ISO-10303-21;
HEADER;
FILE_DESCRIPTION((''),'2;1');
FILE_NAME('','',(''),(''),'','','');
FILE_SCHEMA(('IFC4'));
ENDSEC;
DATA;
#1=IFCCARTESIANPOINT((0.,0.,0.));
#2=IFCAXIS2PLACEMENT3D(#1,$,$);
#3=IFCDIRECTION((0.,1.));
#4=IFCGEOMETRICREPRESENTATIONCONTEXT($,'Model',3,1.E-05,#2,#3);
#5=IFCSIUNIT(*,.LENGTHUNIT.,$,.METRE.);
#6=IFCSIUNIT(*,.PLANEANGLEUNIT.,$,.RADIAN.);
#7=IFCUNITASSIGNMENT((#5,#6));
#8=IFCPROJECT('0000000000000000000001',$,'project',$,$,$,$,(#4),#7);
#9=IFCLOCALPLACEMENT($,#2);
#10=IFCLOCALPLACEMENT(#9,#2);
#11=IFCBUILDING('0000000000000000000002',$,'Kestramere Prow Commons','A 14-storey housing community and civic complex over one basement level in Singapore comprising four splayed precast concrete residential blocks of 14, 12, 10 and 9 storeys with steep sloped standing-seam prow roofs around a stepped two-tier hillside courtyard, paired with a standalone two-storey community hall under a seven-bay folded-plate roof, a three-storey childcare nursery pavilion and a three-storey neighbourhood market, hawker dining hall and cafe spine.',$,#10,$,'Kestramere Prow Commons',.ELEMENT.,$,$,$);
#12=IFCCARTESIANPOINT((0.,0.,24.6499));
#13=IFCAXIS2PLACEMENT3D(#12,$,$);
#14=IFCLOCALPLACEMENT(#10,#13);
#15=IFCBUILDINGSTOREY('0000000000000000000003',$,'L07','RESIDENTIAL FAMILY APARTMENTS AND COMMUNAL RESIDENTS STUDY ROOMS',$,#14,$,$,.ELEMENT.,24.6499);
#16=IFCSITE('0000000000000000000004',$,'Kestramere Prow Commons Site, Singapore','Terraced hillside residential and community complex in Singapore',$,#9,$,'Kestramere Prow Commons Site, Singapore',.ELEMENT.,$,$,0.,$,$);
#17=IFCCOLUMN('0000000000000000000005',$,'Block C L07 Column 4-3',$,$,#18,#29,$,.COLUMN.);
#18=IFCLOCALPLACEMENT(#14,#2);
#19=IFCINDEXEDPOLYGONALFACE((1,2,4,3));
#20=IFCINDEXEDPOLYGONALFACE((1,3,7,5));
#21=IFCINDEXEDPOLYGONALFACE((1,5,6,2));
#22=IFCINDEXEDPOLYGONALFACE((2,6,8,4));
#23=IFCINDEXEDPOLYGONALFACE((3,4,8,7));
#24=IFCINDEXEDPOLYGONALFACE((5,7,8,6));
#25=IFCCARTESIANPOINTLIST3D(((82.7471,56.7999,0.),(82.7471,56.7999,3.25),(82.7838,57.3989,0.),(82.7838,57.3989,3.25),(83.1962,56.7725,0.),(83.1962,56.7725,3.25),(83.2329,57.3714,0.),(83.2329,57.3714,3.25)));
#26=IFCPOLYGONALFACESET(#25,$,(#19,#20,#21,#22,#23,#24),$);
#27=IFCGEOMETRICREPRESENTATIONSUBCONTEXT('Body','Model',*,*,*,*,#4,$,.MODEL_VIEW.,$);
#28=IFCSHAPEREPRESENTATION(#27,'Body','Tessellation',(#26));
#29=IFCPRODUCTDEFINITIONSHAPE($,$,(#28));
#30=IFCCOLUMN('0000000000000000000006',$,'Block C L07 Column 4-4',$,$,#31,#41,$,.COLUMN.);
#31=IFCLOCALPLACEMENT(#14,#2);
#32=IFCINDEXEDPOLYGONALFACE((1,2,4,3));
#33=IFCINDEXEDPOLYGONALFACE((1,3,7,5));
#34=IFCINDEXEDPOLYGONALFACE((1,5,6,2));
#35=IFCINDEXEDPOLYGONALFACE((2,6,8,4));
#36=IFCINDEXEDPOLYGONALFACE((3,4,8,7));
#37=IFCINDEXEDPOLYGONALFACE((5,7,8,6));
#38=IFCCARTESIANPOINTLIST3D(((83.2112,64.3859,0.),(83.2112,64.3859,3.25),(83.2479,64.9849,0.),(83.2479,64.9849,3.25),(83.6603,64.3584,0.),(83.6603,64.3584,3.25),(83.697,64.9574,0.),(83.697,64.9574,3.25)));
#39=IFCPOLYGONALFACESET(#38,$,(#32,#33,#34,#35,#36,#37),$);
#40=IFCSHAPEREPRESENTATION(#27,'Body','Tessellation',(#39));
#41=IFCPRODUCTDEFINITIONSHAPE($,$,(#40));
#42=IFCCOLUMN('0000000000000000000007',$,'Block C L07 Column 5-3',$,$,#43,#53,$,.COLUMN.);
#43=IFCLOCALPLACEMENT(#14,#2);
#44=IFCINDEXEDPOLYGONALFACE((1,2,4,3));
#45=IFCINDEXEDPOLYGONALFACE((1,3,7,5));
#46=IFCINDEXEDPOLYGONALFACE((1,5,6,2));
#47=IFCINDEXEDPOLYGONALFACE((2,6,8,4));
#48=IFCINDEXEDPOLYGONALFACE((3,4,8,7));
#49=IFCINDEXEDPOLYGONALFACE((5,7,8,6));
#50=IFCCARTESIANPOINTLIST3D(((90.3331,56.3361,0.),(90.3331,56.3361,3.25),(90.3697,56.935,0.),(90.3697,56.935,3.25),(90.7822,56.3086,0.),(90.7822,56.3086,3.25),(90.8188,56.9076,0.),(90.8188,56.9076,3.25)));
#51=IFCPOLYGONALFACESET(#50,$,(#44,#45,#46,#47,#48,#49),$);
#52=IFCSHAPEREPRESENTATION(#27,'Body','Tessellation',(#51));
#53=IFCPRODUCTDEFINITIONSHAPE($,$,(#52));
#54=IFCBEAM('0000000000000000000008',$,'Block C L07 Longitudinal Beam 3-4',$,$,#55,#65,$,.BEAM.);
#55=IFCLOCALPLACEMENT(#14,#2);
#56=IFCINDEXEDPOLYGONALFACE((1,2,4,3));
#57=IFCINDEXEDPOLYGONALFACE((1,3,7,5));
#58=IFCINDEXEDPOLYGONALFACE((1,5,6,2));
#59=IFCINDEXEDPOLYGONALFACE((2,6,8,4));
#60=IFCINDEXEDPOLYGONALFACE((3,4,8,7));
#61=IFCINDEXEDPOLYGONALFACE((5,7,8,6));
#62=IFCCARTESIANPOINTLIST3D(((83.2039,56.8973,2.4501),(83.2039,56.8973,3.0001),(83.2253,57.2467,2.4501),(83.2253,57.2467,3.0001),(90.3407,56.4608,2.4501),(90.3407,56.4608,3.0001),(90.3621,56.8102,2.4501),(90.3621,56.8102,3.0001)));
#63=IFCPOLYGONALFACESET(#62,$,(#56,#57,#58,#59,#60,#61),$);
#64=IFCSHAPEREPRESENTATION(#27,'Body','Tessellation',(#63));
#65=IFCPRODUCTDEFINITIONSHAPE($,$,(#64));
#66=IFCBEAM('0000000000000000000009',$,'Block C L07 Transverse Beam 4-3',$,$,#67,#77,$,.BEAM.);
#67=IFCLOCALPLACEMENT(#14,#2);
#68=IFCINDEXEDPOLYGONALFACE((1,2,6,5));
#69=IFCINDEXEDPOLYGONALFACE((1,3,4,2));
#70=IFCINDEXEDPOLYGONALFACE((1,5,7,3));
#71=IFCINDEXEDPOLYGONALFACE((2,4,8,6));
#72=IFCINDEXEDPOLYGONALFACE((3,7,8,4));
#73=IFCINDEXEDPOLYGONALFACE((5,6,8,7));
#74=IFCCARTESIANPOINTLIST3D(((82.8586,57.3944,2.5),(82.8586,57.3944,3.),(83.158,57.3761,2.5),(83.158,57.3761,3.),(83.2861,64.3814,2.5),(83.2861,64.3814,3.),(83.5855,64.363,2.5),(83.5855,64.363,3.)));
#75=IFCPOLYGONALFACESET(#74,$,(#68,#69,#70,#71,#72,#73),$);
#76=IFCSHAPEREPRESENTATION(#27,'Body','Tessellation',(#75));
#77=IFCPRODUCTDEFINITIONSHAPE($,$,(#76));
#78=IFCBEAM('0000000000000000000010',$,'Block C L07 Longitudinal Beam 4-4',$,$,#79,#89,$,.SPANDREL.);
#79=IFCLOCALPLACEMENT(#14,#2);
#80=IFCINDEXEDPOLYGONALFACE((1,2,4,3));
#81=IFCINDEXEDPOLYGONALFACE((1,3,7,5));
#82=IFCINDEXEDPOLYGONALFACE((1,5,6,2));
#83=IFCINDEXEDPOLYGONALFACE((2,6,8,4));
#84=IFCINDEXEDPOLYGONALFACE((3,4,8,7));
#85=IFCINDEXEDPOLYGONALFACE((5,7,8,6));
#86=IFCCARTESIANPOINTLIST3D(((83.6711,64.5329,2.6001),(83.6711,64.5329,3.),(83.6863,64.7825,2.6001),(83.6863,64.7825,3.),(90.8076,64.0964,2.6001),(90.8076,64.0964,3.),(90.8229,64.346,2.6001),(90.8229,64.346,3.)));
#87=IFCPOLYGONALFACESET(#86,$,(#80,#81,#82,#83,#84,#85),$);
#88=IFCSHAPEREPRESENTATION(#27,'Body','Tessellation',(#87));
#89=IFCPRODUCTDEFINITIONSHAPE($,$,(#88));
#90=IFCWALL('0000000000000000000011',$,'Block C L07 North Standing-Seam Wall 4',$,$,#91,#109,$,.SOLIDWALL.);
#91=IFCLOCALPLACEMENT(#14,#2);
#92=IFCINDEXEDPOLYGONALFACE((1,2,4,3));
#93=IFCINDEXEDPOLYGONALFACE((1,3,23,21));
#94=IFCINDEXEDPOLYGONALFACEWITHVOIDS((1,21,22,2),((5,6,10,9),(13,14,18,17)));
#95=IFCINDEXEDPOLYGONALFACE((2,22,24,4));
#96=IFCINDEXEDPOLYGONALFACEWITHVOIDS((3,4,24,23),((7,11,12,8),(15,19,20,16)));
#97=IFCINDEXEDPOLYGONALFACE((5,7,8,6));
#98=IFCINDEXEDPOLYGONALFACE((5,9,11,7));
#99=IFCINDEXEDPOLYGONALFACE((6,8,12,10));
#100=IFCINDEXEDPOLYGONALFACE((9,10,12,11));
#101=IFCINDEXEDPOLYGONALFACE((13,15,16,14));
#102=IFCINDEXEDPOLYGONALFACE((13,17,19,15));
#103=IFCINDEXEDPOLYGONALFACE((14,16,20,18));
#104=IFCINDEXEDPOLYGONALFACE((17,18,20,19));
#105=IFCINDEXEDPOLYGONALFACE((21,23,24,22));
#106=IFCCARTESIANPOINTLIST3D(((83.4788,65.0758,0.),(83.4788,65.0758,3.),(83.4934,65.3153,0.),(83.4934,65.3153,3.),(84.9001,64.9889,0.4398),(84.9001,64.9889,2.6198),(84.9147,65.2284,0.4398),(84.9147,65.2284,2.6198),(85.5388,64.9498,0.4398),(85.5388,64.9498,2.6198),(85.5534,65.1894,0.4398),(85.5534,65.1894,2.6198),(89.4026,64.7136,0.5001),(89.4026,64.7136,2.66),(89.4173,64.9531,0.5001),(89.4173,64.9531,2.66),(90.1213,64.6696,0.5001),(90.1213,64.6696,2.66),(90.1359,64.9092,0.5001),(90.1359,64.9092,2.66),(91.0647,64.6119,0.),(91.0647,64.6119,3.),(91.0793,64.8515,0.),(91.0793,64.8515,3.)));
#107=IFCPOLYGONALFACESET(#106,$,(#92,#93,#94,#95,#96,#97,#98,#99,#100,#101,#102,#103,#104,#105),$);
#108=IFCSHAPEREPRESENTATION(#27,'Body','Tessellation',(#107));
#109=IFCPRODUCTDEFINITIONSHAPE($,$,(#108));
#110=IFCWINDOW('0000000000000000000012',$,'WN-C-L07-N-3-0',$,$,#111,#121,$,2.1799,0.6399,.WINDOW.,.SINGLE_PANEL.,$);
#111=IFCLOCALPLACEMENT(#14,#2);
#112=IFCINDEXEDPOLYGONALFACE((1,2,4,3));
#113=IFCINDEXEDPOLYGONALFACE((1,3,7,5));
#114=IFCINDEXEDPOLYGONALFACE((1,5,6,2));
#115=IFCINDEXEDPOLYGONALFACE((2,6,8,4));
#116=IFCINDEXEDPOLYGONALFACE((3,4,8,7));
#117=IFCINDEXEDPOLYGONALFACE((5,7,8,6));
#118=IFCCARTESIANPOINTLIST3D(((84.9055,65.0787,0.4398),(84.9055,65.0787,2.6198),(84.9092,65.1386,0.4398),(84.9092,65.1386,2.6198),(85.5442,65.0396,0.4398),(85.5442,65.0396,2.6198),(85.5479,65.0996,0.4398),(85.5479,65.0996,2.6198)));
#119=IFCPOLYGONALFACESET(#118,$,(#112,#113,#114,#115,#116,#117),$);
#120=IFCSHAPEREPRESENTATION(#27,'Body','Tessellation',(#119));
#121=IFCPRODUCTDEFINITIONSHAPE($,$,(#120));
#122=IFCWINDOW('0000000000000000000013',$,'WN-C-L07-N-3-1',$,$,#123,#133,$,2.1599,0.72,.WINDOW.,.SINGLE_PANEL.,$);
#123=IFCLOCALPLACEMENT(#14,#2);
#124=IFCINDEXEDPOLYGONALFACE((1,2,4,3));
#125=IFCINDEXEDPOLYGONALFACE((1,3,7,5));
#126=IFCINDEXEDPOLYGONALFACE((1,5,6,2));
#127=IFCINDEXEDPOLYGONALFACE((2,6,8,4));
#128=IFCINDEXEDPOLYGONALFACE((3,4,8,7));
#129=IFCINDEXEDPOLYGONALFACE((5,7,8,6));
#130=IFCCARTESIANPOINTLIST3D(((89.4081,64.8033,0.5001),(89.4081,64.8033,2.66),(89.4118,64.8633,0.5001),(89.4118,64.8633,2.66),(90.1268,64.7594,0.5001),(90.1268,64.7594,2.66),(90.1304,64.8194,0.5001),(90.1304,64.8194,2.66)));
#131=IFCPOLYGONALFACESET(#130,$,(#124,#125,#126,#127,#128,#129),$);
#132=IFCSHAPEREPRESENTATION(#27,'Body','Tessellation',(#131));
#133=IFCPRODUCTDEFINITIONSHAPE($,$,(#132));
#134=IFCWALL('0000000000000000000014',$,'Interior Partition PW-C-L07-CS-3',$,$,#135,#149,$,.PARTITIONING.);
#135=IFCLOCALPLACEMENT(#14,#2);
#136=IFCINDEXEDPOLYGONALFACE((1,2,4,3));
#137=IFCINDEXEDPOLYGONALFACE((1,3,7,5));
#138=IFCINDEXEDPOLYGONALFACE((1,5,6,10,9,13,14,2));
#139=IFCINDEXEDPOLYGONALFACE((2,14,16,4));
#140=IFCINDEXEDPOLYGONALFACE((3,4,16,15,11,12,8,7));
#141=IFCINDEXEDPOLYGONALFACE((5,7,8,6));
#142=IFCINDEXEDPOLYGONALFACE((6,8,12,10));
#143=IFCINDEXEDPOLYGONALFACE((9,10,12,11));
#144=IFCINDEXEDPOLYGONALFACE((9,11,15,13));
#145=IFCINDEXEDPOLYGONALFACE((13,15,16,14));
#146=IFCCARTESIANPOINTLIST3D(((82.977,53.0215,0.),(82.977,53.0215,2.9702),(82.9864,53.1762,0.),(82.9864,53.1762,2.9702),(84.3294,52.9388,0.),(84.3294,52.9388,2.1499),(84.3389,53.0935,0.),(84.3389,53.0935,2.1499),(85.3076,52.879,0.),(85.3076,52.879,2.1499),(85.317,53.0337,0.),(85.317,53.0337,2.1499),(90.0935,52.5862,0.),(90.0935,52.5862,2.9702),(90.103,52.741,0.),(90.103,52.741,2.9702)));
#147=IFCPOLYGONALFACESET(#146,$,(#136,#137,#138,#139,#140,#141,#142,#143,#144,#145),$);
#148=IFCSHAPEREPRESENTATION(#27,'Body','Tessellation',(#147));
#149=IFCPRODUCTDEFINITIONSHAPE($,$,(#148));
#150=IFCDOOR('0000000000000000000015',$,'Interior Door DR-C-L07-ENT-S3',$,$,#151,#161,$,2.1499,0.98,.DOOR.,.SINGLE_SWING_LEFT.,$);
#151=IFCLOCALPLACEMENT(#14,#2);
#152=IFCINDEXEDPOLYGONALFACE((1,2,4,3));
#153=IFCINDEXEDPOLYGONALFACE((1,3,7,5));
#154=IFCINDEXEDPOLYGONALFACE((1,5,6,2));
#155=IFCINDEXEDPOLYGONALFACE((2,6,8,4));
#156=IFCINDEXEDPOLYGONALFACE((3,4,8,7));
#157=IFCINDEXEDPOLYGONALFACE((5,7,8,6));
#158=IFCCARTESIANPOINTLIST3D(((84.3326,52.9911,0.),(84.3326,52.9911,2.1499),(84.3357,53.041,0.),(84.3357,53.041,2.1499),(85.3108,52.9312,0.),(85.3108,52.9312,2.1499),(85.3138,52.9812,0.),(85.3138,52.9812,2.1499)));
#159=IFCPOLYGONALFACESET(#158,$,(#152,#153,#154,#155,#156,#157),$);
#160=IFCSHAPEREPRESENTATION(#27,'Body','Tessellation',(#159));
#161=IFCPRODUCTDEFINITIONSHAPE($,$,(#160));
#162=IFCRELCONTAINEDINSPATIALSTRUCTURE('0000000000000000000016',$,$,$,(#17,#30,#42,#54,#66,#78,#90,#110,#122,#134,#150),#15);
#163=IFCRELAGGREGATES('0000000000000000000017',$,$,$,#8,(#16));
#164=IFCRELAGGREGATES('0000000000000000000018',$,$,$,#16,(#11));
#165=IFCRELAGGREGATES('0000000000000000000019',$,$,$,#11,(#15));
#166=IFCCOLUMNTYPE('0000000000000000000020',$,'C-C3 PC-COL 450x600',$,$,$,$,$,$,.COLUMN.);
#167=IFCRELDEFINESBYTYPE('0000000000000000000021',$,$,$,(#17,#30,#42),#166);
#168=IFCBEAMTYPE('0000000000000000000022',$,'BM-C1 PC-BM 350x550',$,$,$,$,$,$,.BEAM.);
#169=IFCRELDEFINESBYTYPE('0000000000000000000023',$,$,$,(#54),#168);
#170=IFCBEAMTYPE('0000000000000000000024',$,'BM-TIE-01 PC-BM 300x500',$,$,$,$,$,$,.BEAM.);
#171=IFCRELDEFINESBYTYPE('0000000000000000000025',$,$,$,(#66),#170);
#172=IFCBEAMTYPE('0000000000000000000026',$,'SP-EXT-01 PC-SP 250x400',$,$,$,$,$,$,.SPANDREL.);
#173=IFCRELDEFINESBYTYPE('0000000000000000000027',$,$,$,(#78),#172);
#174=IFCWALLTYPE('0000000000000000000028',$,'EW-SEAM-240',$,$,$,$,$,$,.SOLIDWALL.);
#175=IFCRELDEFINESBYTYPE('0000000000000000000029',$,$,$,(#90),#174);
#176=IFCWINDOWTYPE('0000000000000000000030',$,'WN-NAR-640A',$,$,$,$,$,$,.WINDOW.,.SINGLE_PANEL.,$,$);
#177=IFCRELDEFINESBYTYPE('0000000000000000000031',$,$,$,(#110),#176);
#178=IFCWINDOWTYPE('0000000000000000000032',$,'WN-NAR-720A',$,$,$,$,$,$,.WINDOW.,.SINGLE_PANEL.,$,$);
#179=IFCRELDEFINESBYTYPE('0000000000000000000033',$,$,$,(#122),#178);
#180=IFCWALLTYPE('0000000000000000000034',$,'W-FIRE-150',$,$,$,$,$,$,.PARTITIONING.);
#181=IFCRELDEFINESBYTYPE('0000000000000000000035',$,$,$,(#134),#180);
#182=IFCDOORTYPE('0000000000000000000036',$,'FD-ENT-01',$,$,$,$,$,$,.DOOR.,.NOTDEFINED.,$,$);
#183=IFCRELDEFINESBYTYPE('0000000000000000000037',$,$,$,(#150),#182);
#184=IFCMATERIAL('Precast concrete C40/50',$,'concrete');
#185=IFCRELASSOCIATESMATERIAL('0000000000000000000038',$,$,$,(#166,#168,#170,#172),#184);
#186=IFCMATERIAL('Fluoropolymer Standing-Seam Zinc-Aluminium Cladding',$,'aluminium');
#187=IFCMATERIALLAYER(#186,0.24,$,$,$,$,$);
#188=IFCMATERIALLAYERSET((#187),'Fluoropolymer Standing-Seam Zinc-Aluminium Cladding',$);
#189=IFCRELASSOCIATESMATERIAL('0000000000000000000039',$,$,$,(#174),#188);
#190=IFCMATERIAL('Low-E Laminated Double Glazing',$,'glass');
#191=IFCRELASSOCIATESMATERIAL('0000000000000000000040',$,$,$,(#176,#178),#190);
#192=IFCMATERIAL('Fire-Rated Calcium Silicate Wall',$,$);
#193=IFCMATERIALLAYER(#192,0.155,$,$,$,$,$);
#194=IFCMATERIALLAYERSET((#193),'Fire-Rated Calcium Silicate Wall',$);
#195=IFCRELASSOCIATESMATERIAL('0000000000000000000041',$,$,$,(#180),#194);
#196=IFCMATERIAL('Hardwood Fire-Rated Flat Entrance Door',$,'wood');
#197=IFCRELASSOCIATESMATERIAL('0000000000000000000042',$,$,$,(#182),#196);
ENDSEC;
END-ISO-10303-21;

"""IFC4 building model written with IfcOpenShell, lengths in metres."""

from ifc_helpers import new_model, si_unit, direction, frame, frame_2d, origin, origin_2d, place, context, subcontext, project, spatial, rectangle, extrude, material, layer, layer_set, material_profile, profile_set, type_object, element, fill, save


model = new_model("IFC4")

# Units and contexts
model_context = context("Model", 3, precision=1e-05, world=origin(), true_north=direction((0.0, 1.0)))
body_context = subcontext(model_context, "Body", "Model", "MODEL_VIEW")
ifc_project = project(units=[si_unit("LENGTHUNIT", "METRE"), si_unit("PLANEANGLEUNIT", "RADIAN")], contexts=[model_context])

# Site, building, storey
site_placement = place(None, origin())
site = spatial("IfcSite", under=ifc_project, at=site_placement, Name="Kestramere Prow Commons Site, Singapore", Description="Terraced hillside residential and community complex in Singapore", LongName="Kestramere Prow Commons Site, Singapore", CompositionType="ELEMENT", RefElevation=0.0)
building_placement = place(site_placement, origin())
building = spatial("IfcBuilding", under=site, at=building_placement, Name="Kestramere Prow Commons", Description="A 14-storey housing community and civic complex over one basement level in Singapore comprising four splayed precast concrete residential blocks of 14, 12, 10 and 9 storeys with steep sloped standing-seam prow roofs around a stepped two-tier hillside courtyard, paired with a standalone two-storey community hall under a seven-bay folded-plate roof, a three-storey childcare nursery pavilion and a three-storey neighbourhood market, hawker dining hall and cafe spine.", LongName="Kestramere Prow Commons", CompositionType="ELEMENT")
storey_placement = place(building_placement, frame((0.0, 0.0, 24.6499)))
storey = spatial("IfcBuildingStorey", under=building, at=storey_placement, Name="L07", Description="RESIDENTIAL FAMILY APARTMENTS AND COMMUNAL RESIDENTS STUDY ROOMS", CompositionType="ELEMENT", Elevation=24.6499)

# Columns
ifc_material_1 = material(Name="Precast concrete C40/50", Category="concrete")
ifc_material_profile_1 = material_profile(ifc_material_1, rectangle(XDim=0.45, YDim=0.6001, at=origin_2d()), Name="PC-COL 450x600")
ifc_profile_set_1 = profile_set([ifc_material_profile_1], Name="Precast concrete C40/50")
column_type = type_object("IfcColumnType", Name="C-C3 PC-COL 450x600", PredefinedType="COLUMN", material=ifc_profile_set_1)
for number, where, z_axis, x_axis, name in (
    (1, (82.99, 57.0857, 0.0), (0.0, 0.0, 1.0), (0.998135, -0.061049, 0.0), "Block C L07 Column 4-3"),
    (2, (83.4541, 64.6716, 0.0), (0.0, 0.0, 1.0), (0.998135, -0.061049, 0.0), "Block C L07 Column 4-4"),
    (3, (90.5759, 56.6218, 0.0), (0.0, 0.0, 1.0), (0.998135, -0.061049, 0.0), "Block C L07 Column 5-3"),
):
    element("IfcColumn", number, at=place(storey_placement, frame(where, z_axis=z_axis, x_axis=x_axis)), inside=storey, type_object=column_type, Name=name, PredefinedType="COLUMN", context=body_context, shape_type="SweptSolid", body=[
        extrude(rectangle(XDim=0.45, YDim=0.6001, at=origin_2d()), origin(), (0.0, 0.0, 1.0), 3.25),
    ])

# Beams
ifc_material_profile_2 = material_profile(ifc_material_1, rectangle(XDim=0.3501, YDim=0.55, at=origin_2d()), Name="PC-BM 350x550")
ifc_profile_set_2 = profile_set([ifc_material_profile_2], Name="Precast concrete C40/50")
beam_type_1 = type_object("IfcBeamType", Name="BM-C1 PC-BM 350x550", PredefinedType="BEAM", material=ifc_profile_set_2)
beam_1_placement = place(storey_placement, frame((83.2146, 57.072, 2.7251), z_axis=(0.998135, -0.061052, 0.0), x_axis=(0.061052, 0.998135, 0.0)))
element("IfcBeam", 4, at=beam_1_placement, inside=storey, type_object=beam_type_1, Name="Block C L07 Longitudinal Beam 3-4", PredefinedType="BEAM", context=body_context, shape_type="SweptSolid", body=[
    extrude(rectangle(XDim=0.3501, YDim=0.55, at=origin_2d()), origin(), (0.0, 0.0, 1.0), 7.1501),
])
ifc_material_profile_3 = material_profile(ifc_material_1, rectangle(XDim=0.3, YDim=0.5, at=origin_2d()), Name="PC-BM 300x500")
ifc_profile_set_3 = profile_set([ifc_material_profile_3], Name="Precast concrete C40/50")
beam_type_2 = type_object("IfcBeamType", Name="BM-TIE-01 PC-BM 300x500", PredefinedType="BEAM", material=ifc_profile_set_3)
beam_2_placement = place(storey_placement, frame((83.0083, 57.3853, 2.75), z_axis=(0.061071, 0.998133, 0.0), x_axis=(-0.998133, 0.061071, 0.0)))
element("IfcBeam", 5, at=beam_2_placement, inside=storey, type_object=beam_type_2, Name="Block C L07 Transverse Beam 4-3", PredefinedType="BEAM", context=body_context, shape_type="SweptSolid", body=[
    extrude(rectangle(XDim=0.3, YDim=0.5, at=origin_2d()), origin(), (0.0, 0.0, 1.0), 7.0),
])
ifc_material_profile_4 = material_profile(ifc_material_1, rectangle(XDim=0.25, YDim=0.3999, at=origin_2d()), Name="PC-SP 250x400")
ifc_profile_set_4 = profile_set([ifc_material_profile_4], Name="Precast concrete C40/50")
beam_type_3 = type_object("IfcBeamType", Name="SP-EXT-01 PC-SP 250x400", PredefinedType="SPANDREL", material=ifc_profile_set_4)
beam_3_placement = place(storey_placement, frame((83.6787, 64.6577, 2.8), z_axis=(0.998134, -0.061054, 0.0), x_axis=(0.061054, 0.998134, 0.0)))
element("IfcBeam", 6, at=beam_3_placement, inside=storey, type_object=beam_type_3, Name="Block C L07 Longitudinal Beam 4-4", PredefinedType="SPANDREL", context=body_context, shape_type="SweptSolid", body=[
    extrude(rectangle(XDim=0.25, YDim=0.3999, at=origin_2d()), origin(), (0.0, 0.0, 1.0), 7.1499),
])

# Wall, openings, windows
ifc_material_2 = material(Name="Fluoropolymer Standing-Seam Zinc-Aluminium Cladding", Category="aluminium")
ifc_layer_1 = layer(ifc_material_2, 0.24)
ifc_layer_set_1 = layer_set([ifc_layer_1], Name="Fluoropolymer Standing-Seam Zinc-Aluminium Cladding")
wall_type_1 = type_object("IfcWallType", Name="EW-SEAM-240", PredefinedType="SOLIDWALL", material=ifc_layer_set_1)
wall_1_placement = place(storey_placement, frame((83.4861, 65.1956, 0.0), z_axis=(0.0, 0.0, 1.0), x_axis=(0.998136, -0.061034, 0.0)))
wall_1 = element("IfcWall", 7, at=wall_1_placement, inside=storey, type_object=wall_type_1, Name="Block C L07 North Standing-Seam Wall 4", PredefinedType="SOLIDWALL", context=body_context, shape_type="SweptSolid", body=[
    extrude(rectangle(XDim=7.6001, YDim=0.24, at=frame_2d((3.8, 0.0))), origin(), (0.0, 0.0, 1.0), 3.0),
])
opening_1_placement = place(wall_1_placement, frame((1.4241, 0.0, 0.4399)))
opening_1 = element("IfcOpeningElement", 8, at=opening_1_placement, cuts=wall_1, PredefinedType="OPENING", context=body_context, shape_type="SweptSolid", body=[
    extrude(rectangle(XDim=0.6399, YDim=2.1799, at=frame_2d((0.3198, 1.0898))), frame((0.0, 0.135, 0.0), z_axis=(0.0, -1.0, 0.0), x_axis=(1.0, 0.0, 0.0)), (0.0, 0.0, 1.0), 0.27),
])
opening_2_placement = place(wall_1_placement, frame((5.9351, 0.0, 0.5)))
opening_2 = element("IfcOpeningElement", 9, at=opening_2_placement, cuts=wall_1, PredefinedType="OPENING", context=body_context, shape_type="SweptSolid", body=[
    extrude(rectangle(XDim=0.72, YDim=2.1599, at=frame_2d((0.3599, 1.0801))), frame((0.0, 0.135, 0.0), z_axis=(0.0, -1.0, 0.0), x_axis=(1.0, 0.0, 0.0)), (0.0, 0.0, 1.0), 0.27),
])
ifc_material_3 = material(Name="Low-E Laminated Double Glazing", Category="glass")
window_type_1 = type_object("IfcWindowType", Name="WN-NAR-640A", PartitioningType="SINGLE_PANEL", PredefinedType="WINDOW", material=ifc_material_3)
window_1_placement = place(opening_1_placement, origin())
window_1 = element("IfcWindow", 10, at=window_1_placement, inside=storey, type_object=window_type_1, Name="WN-C-L07-N-3-0", OverallHeight=2.1799, OverallWidth=0.6399, PartitioningType="SINGLE_PANEL", PredefinedType="WINDOW", context=body_context, shape_type="SweptSolid", body=[
    extrude(rectangle(XDim=0.6399, YDim=2.1799, at=frame_2d((0.3198, 1.0898))), frame((0.0, 0.03, 0.0), z_axis=(0.0, -1.0, 0.0), x_axis=(1.0, 0.0, 0.0)), (0.0, 0.0, 1.0), 0.0601),
])
fill(opening_1, window_1)
window_type_2 = type_object("IfcWindowType", Name="WN-NAR-720A", PartitioningType="SINGLE_PANEL", PredefinedType="WINDOW", material=ifc_material_3)
window_2_placement = place(opening_2_placement, origin())
window_2 = element("IfcWindow", 11, at=window_2_placement, inside=storey, type_object=window_type_2, Name="WN-C-L07-N-3-1", OverallHeight=2.1599, OverallWidth=0.72, PartitioningType="SINGLE_PANEL", PredefinedType="WINDOW", context=body_context, shape_type="SweptSolid", body=[
    extrude(rectangle(XDim=0.72, YDim=2.1599, at=frame_2d((0.3599, 1.0801))), frame((0.0, 0.03, 0.0), z_axis=(0.0, -1.0, 0.0), x_axis=(1.0, 0.0, 0.0)), (0.0, 0.0, 1.0), 0.0601),
])
fill(opening_2, window_2)

# Wall, opening, door
ifc_material_4 = material(Name="Fire-Rated Calcium Silicate Wall")
ifc_layer_2 = layer(ifc_material_4, 0.155)
ifc_layer_set_2 = layer_set([ifc_layer_2], Name="Fire-Rated Calcium Silicate Wall")
wall_type_2 = type_object("IfcWallType", Name="W-FIRE-150", PredefinedType="PARTITIONING", material=ifc_layer_set_2)
wall_2_placement = place(storey_placement, frame((82.9817, 53.0989, 0.0), z_axis=(0.0, 0.0, 1.0), x_axis=(0.998135, -0.061052, 0.0)))
wall_2 = element("IfcWall", 12, at=wall_2_placement, inside=storey, type_object=wall_type_2, Name="Interior Partition PW-C-L07-CS-3", PredefinedType="PARTITIONING", context=body_context, shape_type="SweptSolid", body=[
    extrude(rectangle(XDim=7.1299, YDim=0.155, at=frame_2d((3.5649, 0.0))), origin(), (0.0, 0.0, 1.0), 2.9702),
])
opening_3_placement = place(wall_2_placement, frame((1.355, 0.0, 0.0)))
opening_3 = element("IfcOpeningElement", 13, at=opening_3_placement, cuts=wall_2, PredefinedType="OPENING", context=body_context, shape_type="SweptSolid", body=[
    extrude(rectangle(XDim=0.98, YDim=2.1499, at=frame_2d((0.49, 1.075))), frame((0.0, 0.0925, 0.0), z_axis=(0.0, -1.0, 0.0), x_axis=(1.0, 0.0, 0.0)), (0.0, 0.0, 1.0), 0.1851),
])
ifc_material_5 = material(Name="Hardwood Fire-Rated Flat Entrance Door", Category="wood")
door_type_1 = type_object("IfcDoorType", Name="FD-ENT-01", OperationType="NOTDEFINED", PredefinedType="DOOR", material=ifc_material_5)
door_1_placement = place(opening_3_placement, origin())
door_1 = element("IfcDoor", 14, at=door_1_placement, inside=storey, type_object=door_type_1, Name="Interior Door DR-C-L07-ENT-S3", OperationType="SINGLE_SWING_LEFT", OverallHeight=2.1499, OverallWidth=0.98, PredefinedType="DOOR", context=body_context, shape_type="SweptSolid", body=[
    extrude(rectangle(XDim=0.98, YDim=2.1499, at=frame_2d((0.49, 1.075))), frame((0.0, 0.0249, 0.0), z_axis=(0.0, -1.0, 0.0), x_axis=(1.0, 0.0, 0.0)), (0.0, 0.0, 1.0), 0.05),
])
fill(opening_3, door_1)

save(model, "model.ifc")
